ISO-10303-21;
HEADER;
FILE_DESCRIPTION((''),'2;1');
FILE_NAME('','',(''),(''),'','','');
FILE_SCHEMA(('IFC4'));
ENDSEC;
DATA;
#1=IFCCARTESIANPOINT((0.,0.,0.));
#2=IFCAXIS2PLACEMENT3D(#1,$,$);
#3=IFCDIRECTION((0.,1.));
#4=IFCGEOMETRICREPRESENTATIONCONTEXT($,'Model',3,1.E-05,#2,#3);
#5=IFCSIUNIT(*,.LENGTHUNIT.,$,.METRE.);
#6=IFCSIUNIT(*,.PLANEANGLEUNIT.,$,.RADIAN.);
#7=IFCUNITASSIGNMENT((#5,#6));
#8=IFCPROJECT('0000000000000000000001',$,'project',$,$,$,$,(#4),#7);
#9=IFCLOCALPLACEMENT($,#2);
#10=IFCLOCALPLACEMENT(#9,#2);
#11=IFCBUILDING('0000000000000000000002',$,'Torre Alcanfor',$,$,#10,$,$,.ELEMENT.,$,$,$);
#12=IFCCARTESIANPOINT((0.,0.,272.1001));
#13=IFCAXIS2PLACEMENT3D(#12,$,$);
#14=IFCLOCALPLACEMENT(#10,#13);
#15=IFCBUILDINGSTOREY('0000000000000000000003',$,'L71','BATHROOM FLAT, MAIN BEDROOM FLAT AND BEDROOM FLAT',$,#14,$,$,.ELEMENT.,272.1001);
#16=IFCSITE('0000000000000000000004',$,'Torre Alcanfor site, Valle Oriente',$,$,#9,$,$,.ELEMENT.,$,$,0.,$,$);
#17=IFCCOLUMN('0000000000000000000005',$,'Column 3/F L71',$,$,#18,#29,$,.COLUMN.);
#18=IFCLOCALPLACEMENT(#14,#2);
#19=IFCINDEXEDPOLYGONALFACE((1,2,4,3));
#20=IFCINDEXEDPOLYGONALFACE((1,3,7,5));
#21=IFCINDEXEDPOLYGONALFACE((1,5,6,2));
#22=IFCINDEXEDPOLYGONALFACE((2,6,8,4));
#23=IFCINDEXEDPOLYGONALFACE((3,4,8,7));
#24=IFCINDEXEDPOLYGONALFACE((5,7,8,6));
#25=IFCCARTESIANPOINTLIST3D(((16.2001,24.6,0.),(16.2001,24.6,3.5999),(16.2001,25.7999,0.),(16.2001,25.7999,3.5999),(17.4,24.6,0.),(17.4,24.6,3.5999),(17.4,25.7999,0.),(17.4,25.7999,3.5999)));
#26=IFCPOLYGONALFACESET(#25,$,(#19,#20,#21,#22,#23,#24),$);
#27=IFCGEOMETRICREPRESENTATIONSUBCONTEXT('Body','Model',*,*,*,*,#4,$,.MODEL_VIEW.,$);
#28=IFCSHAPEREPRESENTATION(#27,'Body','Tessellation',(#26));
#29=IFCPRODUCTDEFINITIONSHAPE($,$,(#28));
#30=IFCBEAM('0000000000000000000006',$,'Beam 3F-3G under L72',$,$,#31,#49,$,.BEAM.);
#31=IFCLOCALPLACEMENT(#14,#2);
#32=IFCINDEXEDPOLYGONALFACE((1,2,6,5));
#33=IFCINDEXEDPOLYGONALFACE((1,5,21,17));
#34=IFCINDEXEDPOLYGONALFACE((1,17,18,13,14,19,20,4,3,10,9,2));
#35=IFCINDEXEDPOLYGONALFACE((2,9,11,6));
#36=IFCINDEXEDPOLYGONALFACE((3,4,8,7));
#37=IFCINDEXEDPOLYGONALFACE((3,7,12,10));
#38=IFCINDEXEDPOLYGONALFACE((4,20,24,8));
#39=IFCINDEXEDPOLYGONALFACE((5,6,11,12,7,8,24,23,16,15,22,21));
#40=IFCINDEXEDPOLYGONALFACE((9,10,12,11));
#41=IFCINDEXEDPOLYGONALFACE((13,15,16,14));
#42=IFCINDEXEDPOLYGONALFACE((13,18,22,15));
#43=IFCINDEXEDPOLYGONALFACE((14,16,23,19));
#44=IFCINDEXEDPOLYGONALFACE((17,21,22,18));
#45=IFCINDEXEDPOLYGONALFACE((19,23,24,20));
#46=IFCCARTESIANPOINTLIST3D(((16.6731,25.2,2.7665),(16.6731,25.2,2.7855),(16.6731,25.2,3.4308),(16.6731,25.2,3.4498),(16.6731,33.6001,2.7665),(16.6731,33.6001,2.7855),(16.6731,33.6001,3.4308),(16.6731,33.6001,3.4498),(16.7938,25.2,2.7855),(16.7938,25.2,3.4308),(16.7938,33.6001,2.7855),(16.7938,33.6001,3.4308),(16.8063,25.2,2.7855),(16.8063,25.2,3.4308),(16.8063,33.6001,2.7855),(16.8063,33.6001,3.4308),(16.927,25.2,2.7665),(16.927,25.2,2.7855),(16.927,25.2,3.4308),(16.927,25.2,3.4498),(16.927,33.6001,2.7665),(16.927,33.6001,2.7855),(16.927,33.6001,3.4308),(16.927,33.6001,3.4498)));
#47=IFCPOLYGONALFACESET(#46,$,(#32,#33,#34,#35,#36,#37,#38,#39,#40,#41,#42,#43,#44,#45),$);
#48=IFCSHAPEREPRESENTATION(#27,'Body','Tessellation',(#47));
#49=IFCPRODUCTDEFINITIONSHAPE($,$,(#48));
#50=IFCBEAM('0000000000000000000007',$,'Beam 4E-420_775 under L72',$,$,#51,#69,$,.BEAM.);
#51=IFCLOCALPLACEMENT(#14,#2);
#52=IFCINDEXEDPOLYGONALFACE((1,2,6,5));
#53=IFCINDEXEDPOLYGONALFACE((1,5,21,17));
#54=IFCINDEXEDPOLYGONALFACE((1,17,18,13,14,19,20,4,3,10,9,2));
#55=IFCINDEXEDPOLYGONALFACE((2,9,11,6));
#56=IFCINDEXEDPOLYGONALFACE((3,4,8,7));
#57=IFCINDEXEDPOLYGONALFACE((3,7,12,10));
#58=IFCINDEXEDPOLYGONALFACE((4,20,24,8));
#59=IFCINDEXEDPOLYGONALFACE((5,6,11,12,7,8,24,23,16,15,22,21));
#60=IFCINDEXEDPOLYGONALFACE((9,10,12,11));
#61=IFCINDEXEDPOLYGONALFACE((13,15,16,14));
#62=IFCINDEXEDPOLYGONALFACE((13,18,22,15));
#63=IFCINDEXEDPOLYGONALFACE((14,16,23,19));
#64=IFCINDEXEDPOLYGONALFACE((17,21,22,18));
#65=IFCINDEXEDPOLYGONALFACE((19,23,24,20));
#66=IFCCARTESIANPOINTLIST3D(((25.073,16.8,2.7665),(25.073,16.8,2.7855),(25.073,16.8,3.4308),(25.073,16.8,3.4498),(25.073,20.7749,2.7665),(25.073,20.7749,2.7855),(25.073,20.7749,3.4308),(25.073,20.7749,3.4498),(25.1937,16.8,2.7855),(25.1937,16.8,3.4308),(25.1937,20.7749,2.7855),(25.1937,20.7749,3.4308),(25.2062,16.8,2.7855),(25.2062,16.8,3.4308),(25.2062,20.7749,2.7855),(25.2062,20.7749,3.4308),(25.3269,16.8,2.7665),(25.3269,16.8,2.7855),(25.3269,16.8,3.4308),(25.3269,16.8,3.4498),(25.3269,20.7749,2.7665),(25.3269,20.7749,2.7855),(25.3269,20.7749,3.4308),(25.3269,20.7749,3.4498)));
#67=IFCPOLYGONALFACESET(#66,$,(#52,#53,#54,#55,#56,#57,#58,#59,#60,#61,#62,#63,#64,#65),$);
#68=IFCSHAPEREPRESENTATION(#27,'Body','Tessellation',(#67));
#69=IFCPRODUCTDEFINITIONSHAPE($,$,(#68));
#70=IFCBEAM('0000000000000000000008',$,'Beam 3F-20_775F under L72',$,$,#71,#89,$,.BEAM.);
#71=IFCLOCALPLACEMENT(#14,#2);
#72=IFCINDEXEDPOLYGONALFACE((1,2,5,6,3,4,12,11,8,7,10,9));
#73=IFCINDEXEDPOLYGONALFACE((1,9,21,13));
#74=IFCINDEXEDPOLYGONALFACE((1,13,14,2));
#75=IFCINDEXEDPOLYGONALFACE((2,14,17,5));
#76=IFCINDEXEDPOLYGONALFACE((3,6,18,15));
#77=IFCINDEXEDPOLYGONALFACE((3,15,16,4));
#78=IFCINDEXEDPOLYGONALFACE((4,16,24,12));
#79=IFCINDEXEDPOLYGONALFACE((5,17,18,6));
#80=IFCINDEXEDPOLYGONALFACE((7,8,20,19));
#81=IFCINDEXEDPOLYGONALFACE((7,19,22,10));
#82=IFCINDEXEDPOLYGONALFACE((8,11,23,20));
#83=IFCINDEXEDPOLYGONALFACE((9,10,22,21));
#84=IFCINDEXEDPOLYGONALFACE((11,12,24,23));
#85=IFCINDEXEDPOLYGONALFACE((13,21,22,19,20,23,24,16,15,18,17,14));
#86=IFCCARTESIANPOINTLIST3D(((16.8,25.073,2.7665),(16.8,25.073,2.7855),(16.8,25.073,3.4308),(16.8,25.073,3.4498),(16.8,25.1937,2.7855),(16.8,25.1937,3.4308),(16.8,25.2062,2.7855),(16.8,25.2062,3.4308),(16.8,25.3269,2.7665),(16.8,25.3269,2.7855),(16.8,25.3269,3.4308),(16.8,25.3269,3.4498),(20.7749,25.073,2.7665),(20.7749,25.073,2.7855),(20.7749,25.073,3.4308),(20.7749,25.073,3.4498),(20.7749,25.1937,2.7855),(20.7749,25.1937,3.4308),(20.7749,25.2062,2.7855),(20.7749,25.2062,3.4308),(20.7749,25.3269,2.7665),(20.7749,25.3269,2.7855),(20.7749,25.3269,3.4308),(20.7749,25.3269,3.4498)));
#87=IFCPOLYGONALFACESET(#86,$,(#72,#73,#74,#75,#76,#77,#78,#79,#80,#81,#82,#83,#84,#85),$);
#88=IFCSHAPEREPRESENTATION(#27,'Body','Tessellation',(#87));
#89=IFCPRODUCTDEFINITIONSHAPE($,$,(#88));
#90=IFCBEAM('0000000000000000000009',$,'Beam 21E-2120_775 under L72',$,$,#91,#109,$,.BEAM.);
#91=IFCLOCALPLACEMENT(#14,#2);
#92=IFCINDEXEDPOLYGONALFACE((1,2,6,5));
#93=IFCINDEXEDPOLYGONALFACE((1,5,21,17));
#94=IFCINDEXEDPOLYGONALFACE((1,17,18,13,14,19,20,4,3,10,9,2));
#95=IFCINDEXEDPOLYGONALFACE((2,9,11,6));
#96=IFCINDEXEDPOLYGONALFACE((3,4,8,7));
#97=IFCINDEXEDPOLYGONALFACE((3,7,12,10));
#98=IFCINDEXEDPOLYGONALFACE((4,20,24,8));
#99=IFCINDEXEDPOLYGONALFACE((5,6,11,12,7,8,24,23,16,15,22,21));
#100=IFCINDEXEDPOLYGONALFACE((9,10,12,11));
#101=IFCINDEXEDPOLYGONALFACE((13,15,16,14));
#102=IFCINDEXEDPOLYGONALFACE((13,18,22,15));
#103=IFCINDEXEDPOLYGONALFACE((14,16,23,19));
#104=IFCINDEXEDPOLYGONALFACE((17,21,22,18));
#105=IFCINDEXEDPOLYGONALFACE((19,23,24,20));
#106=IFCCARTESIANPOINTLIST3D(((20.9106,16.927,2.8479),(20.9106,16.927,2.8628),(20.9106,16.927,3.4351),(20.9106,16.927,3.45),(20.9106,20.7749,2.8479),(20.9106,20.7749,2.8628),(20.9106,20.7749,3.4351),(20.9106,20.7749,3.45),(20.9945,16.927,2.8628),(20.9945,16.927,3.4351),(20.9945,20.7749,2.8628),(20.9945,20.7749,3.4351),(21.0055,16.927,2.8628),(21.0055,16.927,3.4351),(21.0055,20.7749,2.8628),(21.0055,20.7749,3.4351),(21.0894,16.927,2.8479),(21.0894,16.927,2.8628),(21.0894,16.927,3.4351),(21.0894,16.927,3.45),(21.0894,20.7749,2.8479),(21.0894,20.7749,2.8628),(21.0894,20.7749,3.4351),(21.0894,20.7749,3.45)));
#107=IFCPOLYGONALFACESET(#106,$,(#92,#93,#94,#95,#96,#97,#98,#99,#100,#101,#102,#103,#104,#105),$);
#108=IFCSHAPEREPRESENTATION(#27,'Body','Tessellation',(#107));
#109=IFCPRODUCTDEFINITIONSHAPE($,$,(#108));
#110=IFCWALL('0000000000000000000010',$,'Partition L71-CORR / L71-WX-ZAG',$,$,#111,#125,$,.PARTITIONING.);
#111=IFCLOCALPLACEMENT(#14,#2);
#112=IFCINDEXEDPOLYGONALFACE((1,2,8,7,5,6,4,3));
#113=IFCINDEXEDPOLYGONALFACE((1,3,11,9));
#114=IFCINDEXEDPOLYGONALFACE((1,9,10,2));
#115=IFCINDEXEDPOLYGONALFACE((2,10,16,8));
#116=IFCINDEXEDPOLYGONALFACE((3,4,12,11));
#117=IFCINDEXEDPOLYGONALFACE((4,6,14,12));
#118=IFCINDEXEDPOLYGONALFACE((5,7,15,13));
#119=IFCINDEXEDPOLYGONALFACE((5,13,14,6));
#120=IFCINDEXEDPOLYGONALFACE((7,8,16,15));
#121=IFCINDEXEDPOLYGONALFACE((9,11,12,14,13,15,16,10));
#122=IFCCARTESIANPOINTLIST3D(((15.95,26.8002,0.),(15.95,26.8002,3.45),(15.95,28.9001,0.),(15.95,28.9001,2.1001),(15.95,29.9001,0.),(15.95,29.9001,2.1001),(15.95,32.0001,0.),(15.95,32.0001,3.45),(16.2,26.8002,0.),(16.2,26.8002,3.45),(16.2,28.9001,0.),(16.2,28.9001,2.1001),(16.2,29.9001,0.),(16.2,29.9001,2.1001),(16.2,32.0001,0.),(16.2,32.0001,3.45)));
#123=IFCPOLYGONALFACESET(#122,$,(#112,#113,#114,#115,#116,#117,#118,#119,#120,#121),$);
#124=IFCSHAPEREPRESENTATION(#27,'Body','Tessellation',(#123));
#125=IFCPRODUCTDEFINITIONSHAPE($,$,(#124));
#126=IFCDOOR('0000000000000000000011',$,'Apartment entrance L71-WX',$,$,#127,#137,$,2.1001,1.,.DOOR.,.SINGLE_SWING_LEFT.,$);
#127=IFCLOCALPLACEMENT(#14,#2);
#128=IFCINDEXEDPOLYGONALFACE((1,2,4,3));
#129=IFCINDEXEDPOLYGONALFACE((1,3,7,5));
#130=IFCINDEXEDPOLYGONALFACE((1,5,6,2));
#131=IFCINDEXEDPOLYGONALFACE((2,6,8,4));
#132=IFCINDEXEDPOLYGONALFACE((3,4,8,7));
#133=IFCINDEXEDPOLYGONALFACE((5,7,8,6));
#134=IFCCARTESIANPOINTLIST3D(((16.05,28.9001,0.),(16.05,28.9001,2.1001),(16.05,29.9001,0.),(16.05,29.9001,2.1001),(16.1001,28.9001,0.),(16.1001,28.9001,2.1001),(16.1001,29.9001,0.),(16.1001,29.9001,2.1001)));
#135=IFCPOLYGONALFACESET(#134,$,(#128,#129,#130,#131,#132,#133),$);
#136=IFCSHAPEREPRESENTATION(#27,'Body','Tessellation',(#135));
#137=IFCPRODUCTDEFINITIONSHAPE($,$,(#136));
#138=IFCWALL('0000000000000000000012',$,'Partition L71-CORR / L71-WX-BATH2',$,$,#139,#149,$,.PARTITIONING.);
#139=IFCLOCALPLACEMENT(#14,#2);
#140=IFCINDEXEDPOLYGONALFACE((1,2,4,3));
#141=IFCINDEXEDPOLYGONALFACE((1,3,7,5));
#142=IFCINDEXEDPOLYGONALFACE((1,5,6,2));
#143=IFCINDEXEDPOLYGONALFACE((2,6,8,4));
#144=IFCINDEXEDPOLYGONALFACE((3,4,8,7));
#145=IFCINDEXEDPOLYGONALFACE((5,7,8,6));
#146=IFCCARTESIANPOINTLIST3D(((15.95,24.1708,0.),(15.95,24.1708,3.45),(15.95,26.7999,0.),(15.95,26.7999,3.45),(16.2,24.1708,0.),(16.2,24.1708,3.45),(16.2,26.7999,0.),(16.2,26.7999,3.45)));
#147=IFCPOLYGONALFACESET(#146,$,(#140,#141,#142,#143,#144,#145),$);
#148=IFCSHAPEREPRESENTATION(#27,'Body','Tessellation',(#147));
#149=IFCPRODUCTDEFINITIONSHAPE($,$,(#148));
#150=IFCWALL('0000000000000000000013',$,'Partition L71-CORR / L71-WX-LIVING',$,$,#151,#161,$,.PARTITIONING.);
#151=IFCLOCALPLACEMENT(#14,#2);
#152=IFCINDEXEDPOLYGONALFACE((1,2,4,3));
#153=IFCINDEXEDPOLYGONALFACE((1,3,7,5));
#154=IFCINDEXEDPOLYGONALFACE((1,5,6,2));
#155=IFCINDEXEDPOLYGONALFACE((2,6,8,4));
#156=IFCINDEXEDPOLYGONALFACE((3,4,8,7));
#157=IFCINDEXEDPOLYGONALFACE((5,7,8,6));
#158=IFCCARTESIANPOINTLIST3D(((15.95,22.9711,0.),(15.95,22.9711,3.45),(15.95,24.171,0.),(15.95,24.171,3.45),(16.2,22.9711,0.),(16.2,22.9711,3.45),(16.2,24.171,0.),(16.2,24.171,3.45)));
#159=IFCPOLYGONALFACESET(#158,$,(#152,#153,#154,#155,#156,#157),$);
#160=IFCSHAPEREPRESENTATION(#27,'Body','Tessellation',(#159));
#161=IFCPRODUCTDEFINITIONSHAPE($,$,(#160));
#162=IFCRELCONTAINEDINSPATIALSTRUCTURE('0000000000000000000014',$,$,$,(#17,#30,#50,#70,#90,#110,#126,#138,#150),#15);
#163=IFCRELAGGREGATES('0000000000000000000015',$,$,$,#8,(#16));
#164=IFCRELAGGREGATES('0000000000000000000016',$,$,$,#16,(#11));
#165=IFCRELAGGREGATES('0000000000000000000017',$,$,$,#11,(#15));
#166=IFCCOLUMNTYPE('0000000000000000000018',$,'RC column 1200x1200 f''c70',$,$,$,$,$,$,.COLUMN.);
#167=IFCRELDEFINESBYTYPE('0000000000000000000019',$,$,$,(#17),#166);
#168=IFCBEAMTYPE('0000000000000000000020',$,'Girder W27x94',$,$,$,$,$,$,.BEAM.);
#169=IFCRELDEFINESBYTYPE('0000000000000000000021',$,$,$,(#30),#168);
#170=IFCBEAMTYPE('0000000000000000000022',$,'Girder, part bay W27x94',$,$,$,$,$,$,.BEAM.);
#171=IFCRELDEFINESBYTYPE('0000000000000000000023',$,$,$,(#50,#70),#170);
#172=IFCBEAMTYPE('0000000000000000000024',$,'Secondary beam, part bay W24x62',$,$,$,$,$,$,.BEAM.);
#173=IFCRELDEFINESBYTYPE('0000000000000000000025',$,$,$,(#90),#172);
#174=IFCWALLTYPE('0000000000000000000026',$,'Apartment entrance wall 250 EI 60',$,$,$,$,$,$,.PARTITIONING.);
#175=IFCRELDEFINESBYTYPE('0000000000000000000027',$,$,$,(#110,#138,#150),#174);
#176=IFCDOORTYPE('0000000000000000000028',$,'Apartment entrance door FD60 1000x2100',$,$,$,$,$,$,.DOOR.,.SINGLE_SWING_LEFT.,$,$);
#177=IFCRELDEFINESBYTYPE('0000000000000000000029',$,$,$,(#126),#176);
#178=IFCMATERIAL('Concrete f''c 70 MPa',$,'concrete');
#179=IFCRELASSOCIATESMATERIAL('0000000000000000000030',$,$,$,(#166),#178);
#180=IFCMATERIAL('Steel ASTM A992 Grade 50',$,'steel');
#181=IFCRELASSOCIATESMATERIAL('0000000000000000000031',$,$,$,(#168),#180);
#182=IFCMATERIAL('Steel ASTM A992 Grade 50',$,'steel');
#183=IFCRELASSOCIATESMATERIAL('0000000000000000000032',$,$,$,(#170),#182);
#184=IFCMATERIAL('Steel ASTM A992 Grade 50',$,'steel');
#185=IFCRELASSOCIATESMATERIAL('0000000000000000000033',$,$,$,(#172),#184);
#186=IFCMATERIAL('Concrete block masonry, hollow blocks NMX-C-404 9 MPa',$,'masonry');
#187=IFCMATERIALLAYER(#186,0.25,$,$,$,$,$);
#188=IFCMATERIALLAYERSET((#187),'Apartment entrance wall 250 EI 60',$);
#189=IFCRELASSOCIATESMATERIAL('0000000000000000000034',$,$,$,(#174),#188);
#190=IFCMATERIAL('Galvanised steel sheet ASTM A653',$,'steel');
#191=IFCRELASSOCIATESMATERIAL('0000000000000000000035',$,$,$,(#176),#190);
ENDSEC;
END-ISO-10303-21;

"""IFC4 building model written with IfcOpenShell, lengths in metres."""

from ifc_helpers import new_model, si_unit, direction, frame, frame_2d, origin, origin_2d, place, context, subcontext, project, spatial, rectangle, i_section, extrude, material, layer, layer_set, material_profile, profile_set, type_object, element, fill, save


model = new_model("IFC4")

# Units and contexts
model_context = context("Model", 3, precision=1e-05, world=origin(), true_north=direction((0.0, 1.0)))
body_context = subcontext(model_context, "Body", "Model", "MODEL_VIEW")
ifc_project = project(units=[si_unit("LENGTHUNIT", "METRE"), si_unit("PLANEANGLEUNIT", "RADIAN")], contexts=[model_context])

# Site, building, storey
site_placement = place(None, origin())
site = spatial("IfcSite", under=ifc_project, at=site_placement, Name="Torre Alcanfor site, Valle Oriente", CompositionType="ELEMENT", RefElevation=0.0)
building_placement = place(site_placement, origin())
building = spatial("IfcBuilding", under=site, at=building_placement, Name="Torre Alcanfor", CompositionType="ELEMENT")
storey_placement = place(building_placement, frame((0.0, 0.0, 272.1001)))
storey = spatial("IfcBuildingStorey", under=building, at=storey_placement, Name="L71", Description="BATHROOM FLAT, MAIN BEDROOM FLAT AND BEDROOM FLAT", CompositionType="ELEMENT", Elevation=272.1001)

# Column
ifc_material_1 = material(Name="Concrete f'c 70 MPa", Category="concrete")
ifc_material_profile_1 = material_profile(ifc_material_1, rectangle(XDim=1.2, YDim=1.2, at=origin_2d()), Name="1200x1200")
ifc_profile_set_1 = profile_set([ifc_material_profile_1], Name="Concrete f'c 70 MPa")
column_type = type_object("IfcColumnType", Name="RC column 1200x1200 f'c70", PredefinedType="COLUMN", material=ifc_profile_set_1)
column_placement = place(storey_placement, frame((16.8, 25.2, 0.0), z_axis=(0.0, 0.0, 1.0), x_axis=(1.0, 0.0, 0.0)))
element("IfcColumn", 1, at=column_placement, inside=storey, type_object=column_type, Name="Column 3/F L71", PredefinedType="COLUMN", context=body_context, shape_type="SweptSolid", body=[
    extrude(rectangle(XDim=1.2, YDim=1.2, at=origin_2d()), origin(), (0.0, 0.0, 1.0), 3.5999),
])

# Beams
ifc_material_2 = material(Name="Steel ASTM A992 Grade 50", Category="steel")
ifc_material_profile_2 = material_profile(ifc_material_2, i_section(OverallWidth=0.2539, OverallDepth=0.6833, WebThickness=0.0125, FlangeThickness=0.019, at=origin_2d()), Name="W27x94")
ifc_profile_set_2 = profile_set([ifc_material_profile_2], Name="Steel ASTM A992 Grade 50")
beam_type_1 = type_object("IfcBeamType", Name="Girder W27x94", PredefinedType="BEAM", material=ifc_profile_set_2)
beam_1_placement = place(storey_placement, frame((16.8, 25.2, 3.1082), z_axis=(0.0, 1.0, 0.0), x_axis=(-1.0, 0.0, 0.0)))
element("IfcBeam", 2, at=beam_1_placement, inside=storey, type_object=beam_type_1, Name="Beam 3F-3G under L72", PredefinedType="BEAM", context=body_context, shape_type="SweptSolid", body=[
    extrude(i_section(OverallWidth=0.2539, OverallDepth=0.6833, WebThickness=0.0125, FlangeThickness=0.019, at=origin_2d()), origin(), (0.0, 0.0, 1.0), 8.4001),
])
ifc_material_3 = material(Name="Steel ASTM A992 Grade 50", Category="steel")
ifc_material_profile_3 = material_profile(ifc_material_3, i_section(OverallWidth=0.2539, OverallDepth=0.6833, WebThickness=0.0125, FlangeThickness=0.019, at=origin_2d()), Name="W27x94")
ifc_profile_set_3 = profile_set([ifc_material_profile_3], Name="Steel ASTM A992 Grade 50")
beam_type_2 = type_object("IfcBeamType", Name="Girder, part bay W27x94", PredefinedType="BEAM", material=ifc_profile_set_3)
for number, where, z_axis, x_axis, name in (
    (3, (25.2, 16.8, 3.1082), (0.0, 1.0, 0.0), (-1.0, 0.0, 0.0), "Beam 4E-420_775 under L72"),
    (4, (16.8, 25.2, 3.1082), (1.0, 0.0, 0.0), (0.0, 1.0, 0.0), "Beam 3F-20_775F under L72"),
):
    element("IfcBeam", number, at=place(storey_placement, frame(where, z_axis=z_axis, x_axis=x_axis)), inside=storey, type_object=beam_type_2, Name=name, PredefinedType="BEAM", context=body_context, shape_type="SweptSolid", body=[
        extrude(i_section(OverallWidth=0.2539, OverallDepth=0.6833, WebThickness=0.0125, FlangeThickness=0.019, at=origin_2d()), origin(), (0.0, 0.0, 1.0), 3.9749),
    ])
ifc_material_4 = material(Name="Steel ASTM A992 Grade 50", Category="steel")
ifc_material_profile_4 = material_profile(ifc_material_4, i_section(OverallWidth=0.1787, OverallDepth=0.6021, WebThickness=0.011, FlangeThickness=0.0149, at=origin_2d()), Name="W24x62")
ifc_profile_set_4 = profile_set([ifc_material_profile_4], Name="Steel ASTM A992 Grade 50")
beam_type_3 = type_object("IfcBeamType", Name="Secondary beam, part bay W24x62", PredefinedType="BEAM", material=ifc_profile_set_4)
beam_2_placement = place(storey_placement, frame((21.0, 16.927, 3.1489), z_axis=(0.0, 1.0, 0.0), x_axis=(-1.0, 0.0, 0.0)))
element("IfcBeam", 5, at=beam_2_placement, inside=storey, type_object=beam_type_3, Name="Beam 21E-2120_775 under L72", PredefinedType="BEAM", context=body_context, shape_type="SweptSolid", body=[
    extrude(i_section(OverallWidth=0.1787, OverallDepth=0.6021, WebThickness=0.011, FlangeThickness=0.0149, at=origin_2d()), origin(), (0.0, 0.0, 1.0), 3.8479),
])

# Wall, opening, door
ifc_material_5 = material(Name="Concrete block masonry, hollow blocks NMX-C-404 9 MPa", Category="masonry")
ifc_layer_1 = layer(ifc_material_5, 0.25)
ifc_layer_set_1 = layer_set([ifc_layer_1], Name="Apartment entrance wall 250 EI 60")
wall_type_1 = type_object("IfcWallType", Name="Apartment entrance wall 250 EI 60", PredefinedType="PARTITIONING", material=ifc_layer_set_1)
wall_1_placement = place(storey_placement, frame((16.075, 26.8, 0.0), z_axis=(0.0, 0.0, 1.0), x_axis=(0.0, 1.0, 0.0)))
wall_1 = element("IfcWall", 6, at=wall_1_placement, inside=storey, type_object=wall_type_1, Name="Partition L71-CORR / L71-WX-ZAG", PredefinedType="PARTITIONING", context=body_context, shape_type="SweptSolid", body=[
    extrude(rectangle(XDim=5.2, YDim=0.25, at=frame_2d((2.6001, 0.0))), origin(), (0.0, 0.0, 1.0), 3.45),
])
opening_1_placement = place(wall_1_placement, frame((2.1001, 0.0, 0.0)))
opening_1 = element("IfcOpeningElement", 7, at=opening_1_placement, cuts=wall_1, PredefinedType="OPENING", context=body_context, shape_type="SweptSolid", body=[
    extrude(rectangle(XDim=1.0, YDim=2.1001, at=frame_2d((0.5, 1.05))), frame((0.0, 0.135, 0.0), z_axis=(0.0, -1.0, 0.0), x_axis=(1.0, 0.0, 0.0)), (0.0, 0.0, 1.0), 0.27),
])
ifc_material_6 = material(Name="Galvanised steel sheet ASTM A653", Category="steel")
door_type_1 = type_object("IfcDoorType", Name="Apartment entrance door FD60 1000x2100", OperationType="SINGLE_SWING_LEFT", PredefinedType="DOOR", material=ifc_material_6)
door_1_placement = place(opening_1_placement, origin())
door_1 = element("IfcDoor", 8, at=door_1_placement, inside=storey, type_object=door_type_1, Name="Apartment entrance L71-WX", OperationType="SINGLE_SWING_LEFT", OverallHeight=2.1001, OverallWidth=1.0, PredefinedType="DOOR", context=body_context, shape_type="SweptSolid", body=[
    extrude(rectangle(XDim=1.0, YDim=2.1001, at=frame_2d((0.5, 1.05))), frame((0.0, 0.0249, 0.0), z_axis=(0.0, -1.0, 0.0), x_axis=(1.0, 0.0, 0.0)), (0.0, 0.0, 1.0), 0.05),
])
fill(opening_1, door_1)

# Walls
wall_2_placement = place(storey_placement, frame((16.075, 24.1709, 0.0), z_axis=(0.0, 0.0, 1.0), x_axis=(0.0, 1.0, 0.0)))
element("IfcWall", 9, at=wall_2_placement, inside=storey, type_object=wall_type_1, Name="Partition L71-CORR / L71-WX-BATH2", PredefinedType="PARTITIONING", context=body_context, shape_type="SweptSolid", body=[
    extrude(rectangle(XDim=2.6292, YDim=0.25, at=frame_2d((1.3145, 0.0))), origin(), (0.0, 0.0, 1.0), 3.45),
])
wall_3_placement = place(storey_placement, frame((16.075, 22.9709, 0.0), z_axis=(0.0, 0.0, 1.0), x_axis=(0.0, 1.0, 0.0)))
element("IfcWall", 10, at=wall_3_placement, inside=storey, type_object=wall_type_1, Name="Partition L71-CORR / L71-WX-LIVING", PredefinedType="PARTITIONING", context=body_context, shape_type="SweptSolid", body=[
    extrude(rectangle(XDim=1.2, YDim=0.25, at=frame_2d((0.6001, 0.0))), origin(), (0.0, 0.0, 1.0), 3.45),
])

save(model, "model.ifc")
